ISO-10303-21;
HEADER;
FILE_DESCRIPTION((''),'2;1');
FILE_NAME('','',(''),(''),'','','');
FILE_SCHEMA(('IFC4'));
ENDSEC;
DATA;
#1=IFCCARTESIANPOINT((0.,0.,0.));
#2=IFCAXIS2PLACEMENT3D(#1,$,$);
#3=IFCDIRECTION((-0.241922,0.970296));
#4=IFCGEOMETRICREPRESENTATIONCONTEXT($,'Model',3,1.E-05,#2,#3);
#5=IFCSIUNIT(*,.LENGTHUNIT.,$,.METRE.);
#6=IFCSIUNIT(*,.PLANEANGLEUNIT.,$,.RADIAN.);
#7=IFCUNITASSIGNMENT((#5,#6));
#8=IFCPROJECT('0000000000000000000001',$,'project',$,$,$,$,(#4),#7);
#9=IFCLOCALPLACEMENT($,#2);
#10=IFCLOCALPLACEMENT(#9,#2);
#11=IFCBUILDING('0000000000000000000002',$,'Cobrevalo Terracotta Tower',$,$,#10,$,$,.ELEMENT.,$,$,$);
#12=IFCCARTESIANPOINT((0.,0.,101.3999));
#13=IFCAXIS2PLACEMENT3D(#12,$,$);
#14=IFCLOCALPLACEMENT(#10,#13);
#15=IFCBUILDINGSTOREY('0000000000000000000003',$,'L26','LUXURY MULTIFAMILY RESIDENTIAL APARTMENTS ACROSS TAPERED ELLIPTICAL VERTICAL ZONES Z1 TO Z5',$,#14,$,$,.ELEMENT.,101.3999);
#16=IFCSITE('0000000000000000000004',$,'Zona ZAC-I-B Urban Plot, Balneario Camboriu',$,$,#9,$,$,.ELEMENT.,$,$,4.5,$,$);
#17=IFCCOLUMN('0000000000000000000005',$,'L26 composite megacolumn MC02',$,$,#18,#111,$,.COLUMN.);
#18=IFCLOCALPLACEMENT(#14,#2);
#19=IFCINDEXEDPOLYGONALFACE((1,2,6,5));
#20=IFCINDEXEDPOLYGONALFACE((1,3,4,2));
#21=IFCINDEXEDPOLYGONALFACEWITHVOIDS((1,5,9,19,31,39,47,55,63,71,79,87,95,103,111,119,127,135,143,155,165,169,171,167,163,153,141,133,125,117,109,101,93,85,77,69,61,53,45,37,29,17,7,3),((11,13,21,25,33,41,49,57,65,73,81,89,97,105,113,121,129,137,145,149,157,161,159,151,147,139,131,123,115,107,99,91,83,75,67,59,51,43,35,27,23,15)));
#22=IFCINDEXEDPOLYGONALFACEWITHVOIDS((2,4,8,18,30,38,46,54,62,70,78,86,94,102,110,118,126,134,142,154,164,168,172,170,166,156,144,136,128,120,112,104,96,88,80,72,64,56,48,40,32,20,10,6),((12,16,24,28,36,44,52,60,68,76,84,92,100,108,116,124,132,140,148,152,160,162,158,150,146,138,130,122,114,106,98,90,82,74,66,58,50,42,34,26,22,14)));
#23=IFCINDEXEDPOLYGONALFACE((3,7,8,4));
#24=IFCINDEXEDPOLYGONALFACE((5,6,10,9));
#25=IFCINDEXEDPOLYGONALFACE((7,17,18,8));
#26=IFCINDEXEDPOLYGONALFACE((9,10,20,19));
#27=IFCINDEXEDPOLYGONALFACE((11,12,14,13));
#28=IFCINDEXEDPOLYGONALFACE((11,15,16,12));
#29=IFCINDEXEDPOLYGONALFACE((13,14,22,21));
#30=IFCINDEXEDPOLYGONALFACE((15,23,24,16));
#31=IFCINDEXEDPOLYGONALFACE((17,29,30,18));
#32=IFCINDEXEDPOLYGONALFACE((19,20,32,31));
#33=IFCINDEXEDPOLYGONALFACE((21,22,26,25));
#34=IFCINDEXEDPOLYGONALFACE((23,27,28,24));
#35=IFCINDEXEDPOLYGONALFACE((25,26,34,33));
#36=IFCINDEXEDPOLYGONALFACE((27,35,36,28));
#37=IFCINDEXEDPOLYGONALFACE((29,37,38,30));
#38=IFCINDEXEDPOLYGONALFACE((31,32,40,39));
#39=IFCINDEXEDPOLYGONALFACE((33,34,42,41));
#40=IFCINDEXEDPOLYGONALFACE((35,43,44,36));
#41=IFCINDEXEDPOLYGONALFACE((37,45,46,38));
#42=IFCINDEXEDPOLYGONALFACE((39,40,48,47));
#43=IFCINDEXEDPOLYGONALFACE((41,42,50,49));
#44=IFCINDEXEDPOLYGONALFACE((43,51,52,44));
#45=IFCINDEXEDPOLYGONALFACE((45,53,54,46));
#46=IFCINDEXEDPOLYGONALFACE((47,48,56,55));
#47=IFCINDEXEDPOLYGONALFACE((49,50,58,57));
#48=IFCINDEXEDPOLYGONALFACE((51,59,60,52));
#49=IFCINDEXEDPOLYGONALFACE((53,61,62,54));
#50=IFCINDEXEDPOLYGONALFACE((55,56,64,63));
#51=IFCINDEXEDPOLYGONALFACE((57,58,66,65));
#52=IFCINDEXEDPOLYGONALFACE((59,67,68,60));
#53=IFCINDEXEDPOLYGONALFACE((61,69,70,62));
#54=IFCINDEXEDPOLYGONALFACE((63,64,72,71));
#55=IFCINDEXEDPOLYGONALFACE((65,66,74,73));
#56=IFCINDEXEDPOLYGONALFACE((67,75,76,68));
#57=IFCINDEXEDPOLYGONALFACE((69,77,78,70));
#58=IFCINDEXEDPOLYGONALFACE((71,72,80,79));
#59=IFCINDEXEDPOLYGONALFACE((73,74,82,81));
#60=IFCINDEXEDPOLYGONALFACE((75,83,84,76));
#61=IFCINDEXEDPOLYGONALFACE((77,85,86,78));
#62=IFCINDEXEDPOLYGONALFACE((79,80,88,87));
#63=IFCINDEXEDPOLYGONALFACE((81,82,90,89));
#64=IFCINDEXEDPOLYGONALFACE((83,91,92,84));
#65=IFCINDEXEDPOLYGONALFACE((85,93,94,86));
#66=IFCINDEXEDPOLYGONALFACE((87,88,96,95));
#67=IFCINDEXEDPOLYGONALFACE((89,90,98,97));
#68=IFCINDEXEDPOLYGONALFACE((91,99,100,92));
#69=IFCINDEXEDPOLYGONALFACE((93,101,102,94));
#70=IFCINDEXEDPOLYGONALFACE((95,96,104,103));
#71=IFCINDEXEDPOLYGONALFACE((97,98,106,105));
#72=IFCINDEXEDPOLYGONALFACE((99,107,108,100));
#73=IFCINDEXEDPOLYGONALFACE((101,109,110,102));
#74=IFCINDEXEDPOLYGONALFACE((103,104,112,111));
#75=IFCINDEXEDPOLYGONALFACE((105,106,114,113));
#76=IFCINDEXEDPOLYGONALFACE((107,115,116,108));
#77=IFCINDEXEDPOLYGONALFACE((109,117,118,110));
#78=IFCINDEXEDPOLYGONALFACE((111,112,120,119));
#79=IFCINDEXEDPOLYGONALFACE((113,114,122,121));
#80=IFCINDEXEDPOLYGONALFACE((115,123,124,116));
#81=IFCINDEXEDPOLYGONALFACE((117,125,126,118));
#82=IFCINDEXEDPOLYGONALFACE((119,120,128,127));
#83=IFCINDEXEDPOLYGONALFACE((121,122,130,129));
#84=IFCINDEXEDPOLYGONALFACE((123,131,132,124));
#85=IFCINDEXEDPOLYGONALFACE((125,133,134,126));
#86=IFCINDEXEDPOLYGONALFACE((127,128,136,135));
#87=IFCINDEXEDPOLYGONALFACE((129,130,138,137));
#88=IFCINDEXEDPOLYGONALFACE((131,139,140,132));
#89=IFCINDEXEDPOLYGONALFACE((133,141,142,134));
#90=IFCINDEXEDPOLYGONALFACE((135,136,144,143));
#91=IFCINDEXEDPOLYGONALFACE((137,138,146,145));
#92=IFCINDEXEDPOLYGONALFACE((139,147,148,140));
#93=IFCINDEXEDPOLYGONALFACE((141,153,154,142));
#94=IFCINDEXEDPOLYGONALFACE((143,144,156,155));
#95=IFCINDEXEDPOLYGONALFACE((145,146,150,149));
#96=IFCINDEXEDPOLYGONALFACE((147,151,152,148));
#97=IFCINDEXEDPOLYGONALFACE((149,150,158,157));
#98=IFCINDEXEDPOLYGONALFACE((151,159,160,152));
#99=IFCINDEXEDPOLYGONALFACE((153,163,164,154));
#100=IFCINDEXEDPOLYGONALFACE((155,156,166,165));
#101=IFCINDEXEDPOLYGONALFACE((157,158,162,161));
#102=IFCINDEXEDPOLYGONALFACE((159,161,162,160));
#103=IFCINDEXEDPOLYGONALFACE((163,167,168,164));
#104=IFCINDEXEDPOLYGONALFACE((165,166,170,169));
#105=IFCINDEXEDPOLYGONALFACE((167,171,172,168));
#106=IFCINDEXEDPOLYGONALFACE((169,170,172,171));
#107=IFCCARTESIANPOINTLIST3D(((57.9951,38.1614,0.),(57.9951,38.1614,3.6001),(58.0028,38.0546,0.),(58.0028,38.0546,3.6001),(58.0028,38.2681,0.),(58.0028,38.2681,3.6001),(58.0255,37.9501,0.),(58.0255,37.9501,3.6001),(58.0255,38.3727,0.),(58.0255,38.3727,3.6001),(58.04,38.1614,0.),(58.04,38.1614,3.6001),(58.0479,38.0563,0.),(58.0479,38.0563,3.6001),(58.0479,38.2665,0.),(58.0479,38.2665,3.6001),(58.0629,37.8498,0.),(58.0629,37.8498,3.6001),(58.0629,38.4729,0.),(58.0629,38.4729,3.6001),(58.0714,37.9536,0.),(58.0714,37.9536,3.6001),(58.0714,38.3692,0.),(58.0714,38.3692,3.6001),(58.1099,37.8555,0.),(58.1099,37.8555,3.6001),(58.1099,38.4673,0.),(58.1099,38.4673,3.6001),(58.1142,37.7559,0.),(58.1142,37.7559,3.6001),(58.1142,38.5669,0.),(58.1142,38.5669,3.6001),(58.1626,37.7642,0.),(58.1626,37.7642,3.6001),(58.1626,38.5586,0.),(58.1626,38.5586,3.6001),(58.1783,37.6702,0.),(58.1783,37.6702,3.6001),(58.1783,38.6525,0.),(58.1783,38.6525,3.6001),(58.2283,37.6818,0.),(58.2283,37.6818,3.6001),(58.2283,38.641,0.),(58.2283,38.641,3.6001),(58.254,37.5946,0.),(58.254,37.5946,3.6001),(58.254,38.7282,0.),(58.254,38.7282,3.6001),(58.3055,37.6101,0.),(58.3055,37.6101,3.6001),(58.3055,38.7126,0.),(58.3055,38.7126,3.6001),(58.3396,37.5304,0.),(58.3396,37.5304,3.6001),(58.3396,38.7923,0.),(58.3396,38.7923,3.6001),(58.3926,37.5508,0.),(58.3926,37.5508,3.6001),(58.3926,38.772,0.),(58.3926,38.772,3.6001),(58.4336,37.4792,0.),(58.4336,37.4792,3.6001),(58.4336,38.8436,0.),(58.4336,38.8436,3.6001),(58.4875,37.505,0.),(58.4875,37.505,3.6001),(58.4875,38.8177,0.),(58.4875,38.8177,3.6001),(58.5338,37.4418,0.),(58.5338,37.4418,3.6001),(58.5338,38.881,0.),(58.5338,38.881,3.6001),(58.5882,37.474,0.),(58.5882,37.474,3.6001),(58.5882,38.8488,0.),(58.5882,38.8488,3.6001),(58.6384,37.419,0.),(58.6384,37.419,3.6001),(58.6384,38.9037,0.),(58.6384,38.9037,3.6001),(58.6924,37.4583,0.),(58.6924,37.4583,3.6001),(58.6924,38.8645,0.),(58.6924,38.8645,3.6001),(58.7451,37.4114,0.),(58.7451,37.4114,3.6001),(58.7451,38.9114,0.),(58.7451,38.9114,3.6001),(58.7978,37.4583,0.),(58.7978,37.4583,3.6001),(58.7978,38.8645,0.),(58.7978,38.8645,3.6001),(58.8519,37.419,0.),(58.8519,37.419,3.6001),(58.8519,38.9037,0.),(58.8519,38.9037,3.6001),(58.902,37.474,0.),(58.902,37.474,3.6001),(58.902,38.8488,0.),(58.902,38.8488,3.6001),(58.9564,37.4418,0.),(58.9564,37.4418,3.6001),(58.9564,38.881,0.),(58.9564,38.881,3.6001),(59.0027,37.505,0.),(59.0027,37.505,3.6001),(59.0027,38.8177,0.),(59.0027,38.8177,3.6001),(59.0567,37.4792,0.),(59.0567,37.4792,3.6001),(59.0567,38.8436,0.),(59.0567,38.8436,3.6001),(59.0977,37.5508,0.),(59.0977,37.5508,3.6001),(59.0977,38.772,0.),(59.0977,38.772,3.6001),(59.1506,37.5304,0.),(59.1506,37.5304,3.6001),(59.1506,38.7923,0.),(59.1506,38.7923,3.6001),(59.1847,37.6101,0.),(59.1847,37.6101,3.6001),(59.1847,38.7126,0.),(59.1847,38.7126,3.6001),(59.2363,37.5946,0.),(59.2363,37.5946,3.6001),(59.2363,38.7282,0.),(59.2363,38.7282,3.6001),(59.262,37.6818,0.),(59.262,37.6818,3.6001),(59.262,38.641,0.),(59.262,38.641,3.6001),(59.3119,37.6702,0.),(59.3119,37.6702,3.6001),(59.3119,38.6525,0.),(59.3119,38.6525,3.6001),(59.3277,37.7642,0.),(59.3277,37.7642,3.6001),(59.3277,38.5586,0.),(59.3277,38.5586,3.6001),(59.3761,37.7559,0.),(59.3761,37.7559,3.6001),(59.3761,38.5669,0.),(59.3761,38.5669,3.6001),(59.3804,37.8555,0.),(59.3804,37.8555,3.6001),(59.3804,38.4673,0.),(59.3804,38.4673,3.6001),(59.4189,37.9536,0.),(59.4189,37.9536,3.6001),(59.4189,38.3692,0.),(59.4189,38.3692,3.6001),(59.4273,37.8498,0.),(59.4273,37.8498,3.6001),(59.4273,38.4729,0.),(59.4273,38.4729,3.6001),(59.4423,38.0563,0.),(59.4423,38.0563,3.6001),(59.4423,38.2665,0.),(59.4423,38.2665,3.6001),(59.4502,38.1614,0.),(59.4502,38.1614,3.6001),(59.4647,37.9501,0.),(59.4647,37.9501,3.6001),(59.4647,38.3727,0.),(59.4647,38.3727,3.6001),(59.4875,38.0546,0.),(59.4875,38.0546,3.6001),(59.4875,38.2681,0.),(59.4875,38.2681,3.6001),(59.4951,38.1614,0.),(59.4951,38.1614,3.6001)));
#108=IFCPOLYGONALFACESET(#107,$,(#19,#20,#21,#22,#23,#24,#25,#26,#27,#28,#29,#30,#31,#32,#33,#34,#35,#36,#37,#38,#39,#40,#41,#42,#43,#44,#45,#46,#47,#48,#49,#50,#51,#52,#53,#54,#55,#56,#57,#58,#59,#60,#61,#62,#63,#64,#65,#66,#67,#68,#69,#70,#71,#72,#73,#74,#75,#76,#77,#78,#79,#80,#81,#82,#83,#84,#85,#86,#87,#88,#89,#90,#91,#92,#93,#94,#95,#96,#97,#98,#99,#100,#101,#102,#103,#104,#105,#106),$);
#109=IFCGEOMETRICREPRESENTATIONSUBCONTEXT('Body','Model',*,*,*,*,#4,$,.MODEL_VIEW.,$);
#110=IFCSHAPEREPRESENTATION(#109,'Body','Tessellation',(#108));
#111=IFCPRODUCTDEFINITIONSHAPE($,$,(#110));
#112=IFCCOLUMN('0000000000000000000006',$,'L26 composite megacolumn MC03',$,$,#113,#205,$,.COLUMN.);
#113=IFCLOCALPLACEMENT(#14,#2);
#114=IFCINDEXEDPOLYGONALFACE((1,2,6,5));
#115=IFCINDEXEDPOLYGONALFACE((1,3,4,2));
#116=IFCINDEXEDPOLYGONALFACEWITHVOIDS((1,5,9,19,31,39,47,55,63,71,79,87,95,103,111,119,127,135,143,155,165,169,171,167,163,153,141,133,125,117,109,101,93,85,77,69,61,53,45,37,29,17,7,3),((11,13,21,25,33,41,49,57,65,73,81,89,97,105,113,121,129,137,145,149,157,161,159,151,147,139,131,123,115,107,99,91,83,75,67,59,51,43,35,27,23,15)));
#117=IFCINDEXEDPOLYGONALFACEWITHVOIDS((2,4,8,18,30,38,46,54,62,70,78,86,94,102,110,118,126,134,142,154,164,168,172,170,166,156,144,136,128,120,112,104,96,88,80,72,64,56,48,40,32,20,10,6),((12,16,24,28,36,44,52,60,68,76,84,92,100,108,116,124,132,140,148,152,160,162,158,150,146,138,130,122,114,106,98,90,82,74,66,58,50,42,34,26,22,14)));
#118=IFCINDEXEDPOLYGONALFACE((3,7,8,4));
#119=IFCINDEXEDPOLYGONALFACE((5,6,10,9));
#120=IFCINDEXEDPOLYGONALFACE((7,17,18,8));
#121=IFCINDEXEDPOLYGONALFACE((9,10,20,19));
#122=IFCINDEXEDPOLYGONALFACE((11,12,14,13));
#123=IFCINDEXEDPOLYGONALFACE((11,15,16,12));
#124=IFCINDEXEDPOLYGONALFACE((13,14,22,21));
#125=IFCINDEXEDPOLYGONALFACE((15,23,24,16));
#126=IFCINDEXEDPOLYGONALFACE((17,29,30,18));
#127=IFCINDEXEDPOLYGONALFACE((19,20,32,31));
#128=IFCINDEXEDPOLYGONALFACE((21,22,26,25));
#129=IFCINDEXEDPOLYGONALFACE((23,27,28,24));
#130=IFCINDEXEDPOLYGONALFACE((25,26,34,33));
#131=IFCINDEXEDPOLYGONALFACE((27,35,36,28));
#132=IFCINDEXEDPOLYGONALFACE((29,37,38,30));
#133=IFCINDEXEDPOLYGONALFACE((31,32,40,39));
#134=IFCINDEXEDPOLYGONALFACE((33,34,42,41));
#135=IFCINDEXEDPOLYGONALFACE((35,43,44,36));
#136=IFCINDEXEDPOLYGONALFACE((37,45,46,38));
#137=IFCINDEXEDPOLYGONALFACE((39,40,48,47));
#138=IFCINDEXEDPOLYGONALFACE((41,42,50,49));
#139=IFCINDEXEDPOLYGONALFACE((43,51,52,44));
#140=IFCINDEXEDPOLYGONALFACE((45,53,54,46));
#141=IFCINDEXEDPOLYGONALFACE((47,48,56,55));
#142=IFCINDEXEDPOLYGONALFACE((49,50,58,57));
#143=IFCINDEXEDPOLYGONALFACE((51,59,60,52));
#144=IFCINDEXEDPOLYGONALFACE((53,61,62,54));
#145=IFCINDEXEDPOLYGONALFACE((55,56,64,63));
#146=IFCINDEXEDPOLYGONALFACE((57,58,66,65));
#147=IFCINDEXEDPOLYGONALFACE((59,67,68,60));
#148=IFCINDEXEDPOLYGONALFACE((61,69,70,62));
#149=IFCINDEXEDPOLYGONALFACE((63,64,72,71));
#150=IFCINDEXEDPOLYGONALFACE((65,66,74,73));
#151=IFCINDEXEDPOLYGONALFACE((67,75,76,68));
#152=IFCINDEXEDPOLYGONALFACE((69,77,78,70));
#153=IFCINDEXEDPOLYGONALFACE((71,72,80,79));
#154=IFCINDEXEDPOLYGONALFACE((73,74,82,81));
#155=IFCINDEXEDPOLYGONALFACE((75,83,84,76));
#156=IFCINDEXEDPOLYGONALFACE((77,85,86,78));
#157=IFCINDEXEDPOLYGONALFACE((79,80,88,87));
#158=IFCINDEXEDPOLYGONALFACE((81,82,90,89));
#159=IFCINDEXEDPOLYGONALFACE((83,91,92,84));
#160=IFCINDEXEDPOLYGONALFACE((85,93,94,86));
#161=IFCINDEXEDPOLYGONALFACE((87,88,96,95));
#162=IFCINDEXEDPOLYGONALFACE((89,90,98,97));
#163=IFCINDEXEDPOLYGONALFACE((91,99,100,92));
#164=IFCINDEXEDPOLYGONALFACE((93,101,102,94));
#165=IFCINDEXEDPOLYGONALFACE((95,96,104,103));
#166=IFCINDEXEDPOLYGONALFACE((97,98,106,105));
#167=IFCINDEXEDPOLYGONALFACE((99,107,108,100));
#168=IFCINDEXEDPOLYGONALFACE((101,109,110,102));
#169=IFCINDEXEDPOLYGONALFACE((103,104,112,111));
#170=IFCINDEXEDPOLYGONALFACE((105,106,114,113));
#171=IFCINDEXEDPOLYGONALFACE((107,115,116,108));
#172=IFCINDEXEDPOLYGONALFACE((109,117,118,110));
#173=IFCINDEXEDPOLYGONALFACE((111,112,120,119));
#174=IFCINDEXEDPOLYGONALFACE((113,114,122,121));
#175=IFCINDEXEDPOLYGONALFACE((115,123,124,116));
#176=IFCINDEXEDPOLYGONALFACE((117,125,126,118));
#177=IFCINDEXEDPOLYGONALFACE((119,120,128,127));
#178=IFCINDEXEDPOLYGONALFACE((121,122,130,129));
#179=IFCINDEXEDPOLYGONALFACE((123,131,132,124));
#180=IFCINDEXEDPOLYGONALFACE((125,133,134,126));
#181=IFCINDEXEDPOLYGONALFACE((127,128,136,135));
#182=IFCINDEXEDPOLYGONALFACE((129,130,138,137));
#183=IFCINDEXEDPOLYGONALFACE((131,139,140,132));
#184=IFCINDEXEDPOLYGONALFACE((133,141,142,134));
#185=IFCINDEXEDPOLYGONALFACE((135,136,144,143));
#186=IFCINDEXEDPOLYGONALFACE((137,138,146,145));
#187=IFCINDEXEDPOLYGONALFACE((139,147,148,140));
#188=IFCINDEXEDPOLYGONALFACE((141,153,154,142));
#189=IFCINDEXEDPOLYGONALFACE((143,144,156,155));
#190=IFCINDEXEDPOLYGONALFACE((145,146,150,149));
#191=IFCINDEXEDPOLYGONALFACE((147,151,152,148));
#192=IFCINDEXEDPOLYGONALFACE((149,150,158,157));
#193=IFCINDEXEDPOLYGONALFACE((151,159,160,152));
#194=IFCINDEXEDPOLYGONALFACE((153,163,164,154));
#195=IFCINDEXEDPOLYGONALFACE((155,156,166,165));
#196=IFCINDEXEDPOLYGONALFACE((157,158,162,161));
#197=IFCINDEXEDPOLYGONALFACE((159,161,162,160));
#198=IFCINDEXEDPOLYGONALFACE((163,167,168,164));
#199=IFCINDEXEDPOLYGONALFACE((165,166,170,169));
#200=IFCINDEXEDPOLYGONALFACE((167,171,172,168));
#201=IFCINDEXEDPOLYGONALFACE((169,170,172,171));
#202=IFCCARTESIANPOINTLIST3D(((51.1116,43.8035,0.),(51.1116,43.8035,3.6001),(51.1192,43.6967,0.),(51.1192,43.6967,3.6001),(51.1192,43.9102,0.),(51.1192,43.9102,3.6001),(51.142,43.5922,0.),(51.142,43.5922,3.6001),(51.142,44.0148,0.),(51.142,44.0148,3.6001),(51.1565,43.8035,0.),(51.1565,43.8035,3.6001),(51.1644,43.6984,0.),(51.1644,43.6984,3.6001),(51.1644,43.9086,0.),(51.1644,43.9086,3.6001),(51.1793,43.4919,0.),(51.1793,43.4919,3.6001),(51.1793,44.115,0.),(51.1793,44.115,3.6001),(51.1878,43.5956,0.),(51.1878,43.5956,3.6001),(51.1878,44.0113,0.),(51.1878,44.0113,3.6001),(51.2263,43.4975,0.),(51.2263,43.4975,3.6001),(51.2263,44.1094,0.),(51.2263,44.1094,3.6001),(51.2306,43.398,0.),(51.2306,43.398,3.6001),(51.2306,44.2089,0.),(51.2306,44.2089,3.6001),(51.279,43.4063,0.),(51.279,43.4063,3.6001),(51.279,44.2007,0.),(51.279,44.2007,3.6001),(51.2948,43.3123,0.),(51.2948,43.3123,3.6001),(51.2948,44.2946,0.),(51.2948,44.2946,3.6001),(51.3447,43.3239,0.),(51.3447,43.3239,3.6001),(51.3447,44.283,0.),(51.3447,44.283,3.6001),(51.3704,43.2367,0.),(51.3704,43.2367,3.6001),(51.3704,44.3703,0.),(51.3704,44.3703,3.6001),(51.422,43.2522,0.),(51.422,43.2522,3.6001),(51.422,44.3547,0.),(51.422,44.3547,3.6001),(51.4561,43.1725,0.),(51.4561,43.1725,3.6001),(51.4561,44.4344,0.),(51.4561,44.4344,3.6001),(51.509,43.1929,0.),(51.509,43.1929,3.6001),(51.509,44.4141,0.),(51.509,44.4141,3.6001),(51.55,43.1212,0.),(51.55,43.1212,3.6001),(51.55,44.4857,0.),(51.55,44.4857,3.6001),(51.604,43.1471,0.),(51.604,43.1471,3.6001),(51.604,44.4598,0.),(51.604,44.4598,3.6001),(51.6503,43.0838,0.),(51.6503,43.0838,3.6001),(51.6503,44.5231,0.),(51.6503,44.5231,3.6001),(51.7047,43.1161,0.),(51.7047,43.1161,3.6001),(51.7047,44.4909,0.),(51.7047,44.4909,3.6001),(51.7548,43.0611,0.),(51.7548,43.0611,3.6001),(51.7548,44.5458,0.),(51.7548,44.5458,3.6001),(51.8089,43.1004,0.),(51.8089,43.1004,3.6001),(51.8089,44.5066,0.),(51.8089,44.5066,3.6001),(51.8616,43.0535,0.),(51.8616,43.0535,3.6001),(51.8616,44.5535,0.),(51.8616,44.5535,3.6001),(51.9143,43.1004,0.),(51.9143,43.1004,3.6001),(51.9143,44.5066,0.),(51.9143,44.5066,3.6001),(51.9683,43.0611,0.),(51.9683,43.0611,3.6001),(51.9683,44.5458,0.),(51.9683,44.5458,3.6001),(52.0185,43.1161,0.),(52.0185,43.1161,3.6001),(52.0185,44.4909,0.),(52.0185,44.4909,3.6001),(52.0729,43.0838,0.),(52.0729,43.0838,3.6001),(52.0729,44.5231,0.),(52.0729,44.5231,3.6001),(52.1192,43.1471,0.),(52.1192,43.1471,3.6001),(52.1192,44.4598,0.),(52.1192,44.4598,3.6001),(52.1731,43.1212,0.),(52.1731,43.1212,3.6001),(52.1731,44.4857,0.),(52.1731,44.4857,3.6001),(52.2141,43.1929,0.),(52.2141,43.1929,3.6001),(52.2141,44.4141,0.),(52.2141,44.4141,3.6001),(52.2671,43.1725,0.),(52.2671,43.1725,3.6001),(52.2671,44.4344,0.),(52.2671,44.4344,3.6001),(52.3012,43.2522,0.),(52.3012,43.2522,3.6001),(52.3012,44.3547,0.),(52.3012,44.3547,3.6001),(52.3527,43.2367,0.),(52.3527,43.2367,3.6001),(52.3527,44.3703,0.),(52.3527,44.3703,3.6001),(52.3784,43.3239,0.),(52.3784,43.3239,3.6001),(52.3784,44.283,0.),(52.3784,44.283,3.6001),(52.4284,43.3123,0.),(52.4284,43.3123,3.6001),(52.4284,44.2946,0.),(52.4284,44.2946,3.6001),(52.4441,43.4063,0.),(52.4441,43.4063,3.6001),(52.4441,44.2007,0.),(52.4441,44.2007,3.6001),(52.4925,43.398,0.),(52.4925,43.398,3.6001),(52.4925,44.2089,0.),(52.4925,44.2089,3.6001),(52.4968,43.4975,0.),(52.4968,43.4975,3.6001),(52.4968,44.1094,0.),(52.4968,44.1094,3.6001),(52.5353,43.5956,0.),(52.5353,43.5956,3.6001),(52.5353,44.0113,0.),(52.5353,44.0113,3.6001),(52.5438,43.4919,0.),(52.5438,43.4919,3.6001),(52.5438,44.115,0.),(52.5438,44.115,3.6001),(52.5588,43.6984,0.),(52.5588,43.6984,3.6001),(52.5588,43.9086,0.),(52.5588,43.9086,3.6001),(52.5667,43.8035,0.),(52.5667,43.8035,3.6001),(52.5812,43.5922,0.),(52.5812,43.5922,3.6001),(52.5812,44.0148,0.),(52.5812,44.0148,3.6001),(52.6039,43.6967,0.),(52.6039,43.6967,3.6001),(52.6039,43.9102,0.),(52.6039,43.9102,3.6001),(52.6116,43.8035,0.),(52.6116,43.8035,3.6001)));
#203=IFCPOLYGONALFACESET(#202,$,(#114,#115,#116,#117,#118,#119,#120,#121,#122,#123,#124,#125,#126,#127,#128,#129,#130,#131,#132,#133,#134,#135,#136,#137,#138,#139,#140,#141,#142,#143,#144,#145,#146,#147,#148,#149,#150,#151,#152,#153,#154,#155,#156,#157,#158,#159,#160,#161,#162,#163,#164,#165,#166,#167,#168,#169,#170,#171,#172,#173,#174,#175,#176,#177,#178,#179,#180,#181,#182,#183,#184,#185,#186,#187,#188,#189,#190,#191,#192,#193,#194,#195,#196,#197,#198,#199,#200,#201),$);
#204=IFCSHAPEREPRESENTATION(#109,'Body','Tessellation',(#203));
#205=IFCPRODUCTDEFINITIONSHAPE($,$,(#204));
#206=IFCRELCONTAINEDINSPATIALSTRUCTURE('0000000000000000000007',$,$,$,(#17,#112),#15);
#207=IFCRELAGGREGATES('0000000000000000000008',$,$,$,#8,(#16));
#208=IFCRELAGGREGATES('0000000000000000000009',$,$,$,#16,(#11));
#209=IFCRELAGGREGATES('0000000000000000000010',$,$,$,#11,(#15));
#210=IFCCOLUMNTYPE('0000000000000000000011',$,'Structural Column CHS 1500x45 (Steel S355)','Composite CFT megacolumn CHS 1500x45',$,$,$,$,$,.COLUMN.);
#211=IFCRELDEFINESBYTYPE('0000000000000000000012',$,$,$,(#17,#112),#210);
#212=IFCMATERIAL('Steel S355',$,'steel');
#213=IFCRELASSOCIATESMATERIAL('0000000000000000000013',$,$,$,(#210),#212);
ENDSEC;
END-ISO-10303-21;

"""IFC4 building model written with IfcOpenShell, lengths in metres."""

from ifc_helpers import new_model, si_unit, direction, frame, origin, origin_2d, place, context, subcontext, project, spatial, hollow_circle, extrude, material, material_profile, profile_set, type_object, element, save


model = new_model("IFC4")

# Units and contexts
model_context = context("Model", 3, precision=1e-05, world=origin(), true_north=direction((-0.241922, 0.970296)))
body_context = subcontext(model_context, "Body", "Model", "MODEL_VIEW")
ifc_project = project(units=[si_unit("LENGTHUNIT", "METRE"), si_unit("PLANEANGLEUNIT", "RADIAN")], contexts=[model_context])

# Site, building, storey
site_placement = place(None, origin())
site = spatial("IfcSite", under=ifc_project, at=site_placement, Name="Zona ZAC-I-B Urban Plot, Balneario Camboriu", CompositionType="ELEMENT", RefElevation=4.5)
building_placement = place(site_placement, origin())
building = spatial("IfcBuilding", under=site, at=building_placement, Name="Cobrevalo Terracotta Tower", CompositionType="ELEMENT")
storey_placement = place(building_placement, frame((0.0, 0.0, 101.3999)))
storey = spatial("IfcBuildingStorey", under=building, at=storey_placement, Name="L26", Description="LUXURY MULTIFAMILY RESIDENTIAL APARTMENTS ACROSS TAPERED ELLIPTICAL VERTICAL ZONES Z1 TO Z5", CompositionType="ELEMENT", Elevation=101.3999)

# Columns
ifc_material_1 = material(Name="Steel S355", Category="steel")
ifc_material_profile_1 = material_profile(ifc_material_1, hollow_circle(Radius=0.75, WallThickness=0.0449, at=origin_2d()), Name="CHS 1500x45")
ifc_profile_set_1 = profile_set([ifc_material_profile_1], Name="Steel S355")
column_type = type_object("IfcColumnType", Name="Structural Column CHS 1500x45 (Steel S355)", Description="Composite CFT megacolumn CHS 1500x45", PredefinedType="COLUMN", material=ifc_profile_set_1)
for number, where, z_axis, x_axis, name in (
    (1, (58.7451, 38.1614, 0.0), (0.0, 0.0, 1.0), (1.0, 0.0, 0.0), "L26 composite megacolumn MC02"),
    (2, (51.8616, 43.8035, 0.0), (0.0, 0.0, 1.0), (1.0, 0.0, 0.0), "L26 composite megacolumn MC03"),
):
    element("IfcColumn", number, at=place(storey_placement, frame(where, z_axis=z_axis, x_axis=x_axis)), inside=storey, type_object=column_type, Name=name, PredefinedType="COLUMN", context=body_context, shape_type="SweptSolid", body=[
        extrude(hollow_circle(Radius=0.75, WallThickness=0.0449, at=origin_2d()), origin(), (0.0, 0.0, 1.0), 3.6001),
    ])

save(model, "model.ifc")
